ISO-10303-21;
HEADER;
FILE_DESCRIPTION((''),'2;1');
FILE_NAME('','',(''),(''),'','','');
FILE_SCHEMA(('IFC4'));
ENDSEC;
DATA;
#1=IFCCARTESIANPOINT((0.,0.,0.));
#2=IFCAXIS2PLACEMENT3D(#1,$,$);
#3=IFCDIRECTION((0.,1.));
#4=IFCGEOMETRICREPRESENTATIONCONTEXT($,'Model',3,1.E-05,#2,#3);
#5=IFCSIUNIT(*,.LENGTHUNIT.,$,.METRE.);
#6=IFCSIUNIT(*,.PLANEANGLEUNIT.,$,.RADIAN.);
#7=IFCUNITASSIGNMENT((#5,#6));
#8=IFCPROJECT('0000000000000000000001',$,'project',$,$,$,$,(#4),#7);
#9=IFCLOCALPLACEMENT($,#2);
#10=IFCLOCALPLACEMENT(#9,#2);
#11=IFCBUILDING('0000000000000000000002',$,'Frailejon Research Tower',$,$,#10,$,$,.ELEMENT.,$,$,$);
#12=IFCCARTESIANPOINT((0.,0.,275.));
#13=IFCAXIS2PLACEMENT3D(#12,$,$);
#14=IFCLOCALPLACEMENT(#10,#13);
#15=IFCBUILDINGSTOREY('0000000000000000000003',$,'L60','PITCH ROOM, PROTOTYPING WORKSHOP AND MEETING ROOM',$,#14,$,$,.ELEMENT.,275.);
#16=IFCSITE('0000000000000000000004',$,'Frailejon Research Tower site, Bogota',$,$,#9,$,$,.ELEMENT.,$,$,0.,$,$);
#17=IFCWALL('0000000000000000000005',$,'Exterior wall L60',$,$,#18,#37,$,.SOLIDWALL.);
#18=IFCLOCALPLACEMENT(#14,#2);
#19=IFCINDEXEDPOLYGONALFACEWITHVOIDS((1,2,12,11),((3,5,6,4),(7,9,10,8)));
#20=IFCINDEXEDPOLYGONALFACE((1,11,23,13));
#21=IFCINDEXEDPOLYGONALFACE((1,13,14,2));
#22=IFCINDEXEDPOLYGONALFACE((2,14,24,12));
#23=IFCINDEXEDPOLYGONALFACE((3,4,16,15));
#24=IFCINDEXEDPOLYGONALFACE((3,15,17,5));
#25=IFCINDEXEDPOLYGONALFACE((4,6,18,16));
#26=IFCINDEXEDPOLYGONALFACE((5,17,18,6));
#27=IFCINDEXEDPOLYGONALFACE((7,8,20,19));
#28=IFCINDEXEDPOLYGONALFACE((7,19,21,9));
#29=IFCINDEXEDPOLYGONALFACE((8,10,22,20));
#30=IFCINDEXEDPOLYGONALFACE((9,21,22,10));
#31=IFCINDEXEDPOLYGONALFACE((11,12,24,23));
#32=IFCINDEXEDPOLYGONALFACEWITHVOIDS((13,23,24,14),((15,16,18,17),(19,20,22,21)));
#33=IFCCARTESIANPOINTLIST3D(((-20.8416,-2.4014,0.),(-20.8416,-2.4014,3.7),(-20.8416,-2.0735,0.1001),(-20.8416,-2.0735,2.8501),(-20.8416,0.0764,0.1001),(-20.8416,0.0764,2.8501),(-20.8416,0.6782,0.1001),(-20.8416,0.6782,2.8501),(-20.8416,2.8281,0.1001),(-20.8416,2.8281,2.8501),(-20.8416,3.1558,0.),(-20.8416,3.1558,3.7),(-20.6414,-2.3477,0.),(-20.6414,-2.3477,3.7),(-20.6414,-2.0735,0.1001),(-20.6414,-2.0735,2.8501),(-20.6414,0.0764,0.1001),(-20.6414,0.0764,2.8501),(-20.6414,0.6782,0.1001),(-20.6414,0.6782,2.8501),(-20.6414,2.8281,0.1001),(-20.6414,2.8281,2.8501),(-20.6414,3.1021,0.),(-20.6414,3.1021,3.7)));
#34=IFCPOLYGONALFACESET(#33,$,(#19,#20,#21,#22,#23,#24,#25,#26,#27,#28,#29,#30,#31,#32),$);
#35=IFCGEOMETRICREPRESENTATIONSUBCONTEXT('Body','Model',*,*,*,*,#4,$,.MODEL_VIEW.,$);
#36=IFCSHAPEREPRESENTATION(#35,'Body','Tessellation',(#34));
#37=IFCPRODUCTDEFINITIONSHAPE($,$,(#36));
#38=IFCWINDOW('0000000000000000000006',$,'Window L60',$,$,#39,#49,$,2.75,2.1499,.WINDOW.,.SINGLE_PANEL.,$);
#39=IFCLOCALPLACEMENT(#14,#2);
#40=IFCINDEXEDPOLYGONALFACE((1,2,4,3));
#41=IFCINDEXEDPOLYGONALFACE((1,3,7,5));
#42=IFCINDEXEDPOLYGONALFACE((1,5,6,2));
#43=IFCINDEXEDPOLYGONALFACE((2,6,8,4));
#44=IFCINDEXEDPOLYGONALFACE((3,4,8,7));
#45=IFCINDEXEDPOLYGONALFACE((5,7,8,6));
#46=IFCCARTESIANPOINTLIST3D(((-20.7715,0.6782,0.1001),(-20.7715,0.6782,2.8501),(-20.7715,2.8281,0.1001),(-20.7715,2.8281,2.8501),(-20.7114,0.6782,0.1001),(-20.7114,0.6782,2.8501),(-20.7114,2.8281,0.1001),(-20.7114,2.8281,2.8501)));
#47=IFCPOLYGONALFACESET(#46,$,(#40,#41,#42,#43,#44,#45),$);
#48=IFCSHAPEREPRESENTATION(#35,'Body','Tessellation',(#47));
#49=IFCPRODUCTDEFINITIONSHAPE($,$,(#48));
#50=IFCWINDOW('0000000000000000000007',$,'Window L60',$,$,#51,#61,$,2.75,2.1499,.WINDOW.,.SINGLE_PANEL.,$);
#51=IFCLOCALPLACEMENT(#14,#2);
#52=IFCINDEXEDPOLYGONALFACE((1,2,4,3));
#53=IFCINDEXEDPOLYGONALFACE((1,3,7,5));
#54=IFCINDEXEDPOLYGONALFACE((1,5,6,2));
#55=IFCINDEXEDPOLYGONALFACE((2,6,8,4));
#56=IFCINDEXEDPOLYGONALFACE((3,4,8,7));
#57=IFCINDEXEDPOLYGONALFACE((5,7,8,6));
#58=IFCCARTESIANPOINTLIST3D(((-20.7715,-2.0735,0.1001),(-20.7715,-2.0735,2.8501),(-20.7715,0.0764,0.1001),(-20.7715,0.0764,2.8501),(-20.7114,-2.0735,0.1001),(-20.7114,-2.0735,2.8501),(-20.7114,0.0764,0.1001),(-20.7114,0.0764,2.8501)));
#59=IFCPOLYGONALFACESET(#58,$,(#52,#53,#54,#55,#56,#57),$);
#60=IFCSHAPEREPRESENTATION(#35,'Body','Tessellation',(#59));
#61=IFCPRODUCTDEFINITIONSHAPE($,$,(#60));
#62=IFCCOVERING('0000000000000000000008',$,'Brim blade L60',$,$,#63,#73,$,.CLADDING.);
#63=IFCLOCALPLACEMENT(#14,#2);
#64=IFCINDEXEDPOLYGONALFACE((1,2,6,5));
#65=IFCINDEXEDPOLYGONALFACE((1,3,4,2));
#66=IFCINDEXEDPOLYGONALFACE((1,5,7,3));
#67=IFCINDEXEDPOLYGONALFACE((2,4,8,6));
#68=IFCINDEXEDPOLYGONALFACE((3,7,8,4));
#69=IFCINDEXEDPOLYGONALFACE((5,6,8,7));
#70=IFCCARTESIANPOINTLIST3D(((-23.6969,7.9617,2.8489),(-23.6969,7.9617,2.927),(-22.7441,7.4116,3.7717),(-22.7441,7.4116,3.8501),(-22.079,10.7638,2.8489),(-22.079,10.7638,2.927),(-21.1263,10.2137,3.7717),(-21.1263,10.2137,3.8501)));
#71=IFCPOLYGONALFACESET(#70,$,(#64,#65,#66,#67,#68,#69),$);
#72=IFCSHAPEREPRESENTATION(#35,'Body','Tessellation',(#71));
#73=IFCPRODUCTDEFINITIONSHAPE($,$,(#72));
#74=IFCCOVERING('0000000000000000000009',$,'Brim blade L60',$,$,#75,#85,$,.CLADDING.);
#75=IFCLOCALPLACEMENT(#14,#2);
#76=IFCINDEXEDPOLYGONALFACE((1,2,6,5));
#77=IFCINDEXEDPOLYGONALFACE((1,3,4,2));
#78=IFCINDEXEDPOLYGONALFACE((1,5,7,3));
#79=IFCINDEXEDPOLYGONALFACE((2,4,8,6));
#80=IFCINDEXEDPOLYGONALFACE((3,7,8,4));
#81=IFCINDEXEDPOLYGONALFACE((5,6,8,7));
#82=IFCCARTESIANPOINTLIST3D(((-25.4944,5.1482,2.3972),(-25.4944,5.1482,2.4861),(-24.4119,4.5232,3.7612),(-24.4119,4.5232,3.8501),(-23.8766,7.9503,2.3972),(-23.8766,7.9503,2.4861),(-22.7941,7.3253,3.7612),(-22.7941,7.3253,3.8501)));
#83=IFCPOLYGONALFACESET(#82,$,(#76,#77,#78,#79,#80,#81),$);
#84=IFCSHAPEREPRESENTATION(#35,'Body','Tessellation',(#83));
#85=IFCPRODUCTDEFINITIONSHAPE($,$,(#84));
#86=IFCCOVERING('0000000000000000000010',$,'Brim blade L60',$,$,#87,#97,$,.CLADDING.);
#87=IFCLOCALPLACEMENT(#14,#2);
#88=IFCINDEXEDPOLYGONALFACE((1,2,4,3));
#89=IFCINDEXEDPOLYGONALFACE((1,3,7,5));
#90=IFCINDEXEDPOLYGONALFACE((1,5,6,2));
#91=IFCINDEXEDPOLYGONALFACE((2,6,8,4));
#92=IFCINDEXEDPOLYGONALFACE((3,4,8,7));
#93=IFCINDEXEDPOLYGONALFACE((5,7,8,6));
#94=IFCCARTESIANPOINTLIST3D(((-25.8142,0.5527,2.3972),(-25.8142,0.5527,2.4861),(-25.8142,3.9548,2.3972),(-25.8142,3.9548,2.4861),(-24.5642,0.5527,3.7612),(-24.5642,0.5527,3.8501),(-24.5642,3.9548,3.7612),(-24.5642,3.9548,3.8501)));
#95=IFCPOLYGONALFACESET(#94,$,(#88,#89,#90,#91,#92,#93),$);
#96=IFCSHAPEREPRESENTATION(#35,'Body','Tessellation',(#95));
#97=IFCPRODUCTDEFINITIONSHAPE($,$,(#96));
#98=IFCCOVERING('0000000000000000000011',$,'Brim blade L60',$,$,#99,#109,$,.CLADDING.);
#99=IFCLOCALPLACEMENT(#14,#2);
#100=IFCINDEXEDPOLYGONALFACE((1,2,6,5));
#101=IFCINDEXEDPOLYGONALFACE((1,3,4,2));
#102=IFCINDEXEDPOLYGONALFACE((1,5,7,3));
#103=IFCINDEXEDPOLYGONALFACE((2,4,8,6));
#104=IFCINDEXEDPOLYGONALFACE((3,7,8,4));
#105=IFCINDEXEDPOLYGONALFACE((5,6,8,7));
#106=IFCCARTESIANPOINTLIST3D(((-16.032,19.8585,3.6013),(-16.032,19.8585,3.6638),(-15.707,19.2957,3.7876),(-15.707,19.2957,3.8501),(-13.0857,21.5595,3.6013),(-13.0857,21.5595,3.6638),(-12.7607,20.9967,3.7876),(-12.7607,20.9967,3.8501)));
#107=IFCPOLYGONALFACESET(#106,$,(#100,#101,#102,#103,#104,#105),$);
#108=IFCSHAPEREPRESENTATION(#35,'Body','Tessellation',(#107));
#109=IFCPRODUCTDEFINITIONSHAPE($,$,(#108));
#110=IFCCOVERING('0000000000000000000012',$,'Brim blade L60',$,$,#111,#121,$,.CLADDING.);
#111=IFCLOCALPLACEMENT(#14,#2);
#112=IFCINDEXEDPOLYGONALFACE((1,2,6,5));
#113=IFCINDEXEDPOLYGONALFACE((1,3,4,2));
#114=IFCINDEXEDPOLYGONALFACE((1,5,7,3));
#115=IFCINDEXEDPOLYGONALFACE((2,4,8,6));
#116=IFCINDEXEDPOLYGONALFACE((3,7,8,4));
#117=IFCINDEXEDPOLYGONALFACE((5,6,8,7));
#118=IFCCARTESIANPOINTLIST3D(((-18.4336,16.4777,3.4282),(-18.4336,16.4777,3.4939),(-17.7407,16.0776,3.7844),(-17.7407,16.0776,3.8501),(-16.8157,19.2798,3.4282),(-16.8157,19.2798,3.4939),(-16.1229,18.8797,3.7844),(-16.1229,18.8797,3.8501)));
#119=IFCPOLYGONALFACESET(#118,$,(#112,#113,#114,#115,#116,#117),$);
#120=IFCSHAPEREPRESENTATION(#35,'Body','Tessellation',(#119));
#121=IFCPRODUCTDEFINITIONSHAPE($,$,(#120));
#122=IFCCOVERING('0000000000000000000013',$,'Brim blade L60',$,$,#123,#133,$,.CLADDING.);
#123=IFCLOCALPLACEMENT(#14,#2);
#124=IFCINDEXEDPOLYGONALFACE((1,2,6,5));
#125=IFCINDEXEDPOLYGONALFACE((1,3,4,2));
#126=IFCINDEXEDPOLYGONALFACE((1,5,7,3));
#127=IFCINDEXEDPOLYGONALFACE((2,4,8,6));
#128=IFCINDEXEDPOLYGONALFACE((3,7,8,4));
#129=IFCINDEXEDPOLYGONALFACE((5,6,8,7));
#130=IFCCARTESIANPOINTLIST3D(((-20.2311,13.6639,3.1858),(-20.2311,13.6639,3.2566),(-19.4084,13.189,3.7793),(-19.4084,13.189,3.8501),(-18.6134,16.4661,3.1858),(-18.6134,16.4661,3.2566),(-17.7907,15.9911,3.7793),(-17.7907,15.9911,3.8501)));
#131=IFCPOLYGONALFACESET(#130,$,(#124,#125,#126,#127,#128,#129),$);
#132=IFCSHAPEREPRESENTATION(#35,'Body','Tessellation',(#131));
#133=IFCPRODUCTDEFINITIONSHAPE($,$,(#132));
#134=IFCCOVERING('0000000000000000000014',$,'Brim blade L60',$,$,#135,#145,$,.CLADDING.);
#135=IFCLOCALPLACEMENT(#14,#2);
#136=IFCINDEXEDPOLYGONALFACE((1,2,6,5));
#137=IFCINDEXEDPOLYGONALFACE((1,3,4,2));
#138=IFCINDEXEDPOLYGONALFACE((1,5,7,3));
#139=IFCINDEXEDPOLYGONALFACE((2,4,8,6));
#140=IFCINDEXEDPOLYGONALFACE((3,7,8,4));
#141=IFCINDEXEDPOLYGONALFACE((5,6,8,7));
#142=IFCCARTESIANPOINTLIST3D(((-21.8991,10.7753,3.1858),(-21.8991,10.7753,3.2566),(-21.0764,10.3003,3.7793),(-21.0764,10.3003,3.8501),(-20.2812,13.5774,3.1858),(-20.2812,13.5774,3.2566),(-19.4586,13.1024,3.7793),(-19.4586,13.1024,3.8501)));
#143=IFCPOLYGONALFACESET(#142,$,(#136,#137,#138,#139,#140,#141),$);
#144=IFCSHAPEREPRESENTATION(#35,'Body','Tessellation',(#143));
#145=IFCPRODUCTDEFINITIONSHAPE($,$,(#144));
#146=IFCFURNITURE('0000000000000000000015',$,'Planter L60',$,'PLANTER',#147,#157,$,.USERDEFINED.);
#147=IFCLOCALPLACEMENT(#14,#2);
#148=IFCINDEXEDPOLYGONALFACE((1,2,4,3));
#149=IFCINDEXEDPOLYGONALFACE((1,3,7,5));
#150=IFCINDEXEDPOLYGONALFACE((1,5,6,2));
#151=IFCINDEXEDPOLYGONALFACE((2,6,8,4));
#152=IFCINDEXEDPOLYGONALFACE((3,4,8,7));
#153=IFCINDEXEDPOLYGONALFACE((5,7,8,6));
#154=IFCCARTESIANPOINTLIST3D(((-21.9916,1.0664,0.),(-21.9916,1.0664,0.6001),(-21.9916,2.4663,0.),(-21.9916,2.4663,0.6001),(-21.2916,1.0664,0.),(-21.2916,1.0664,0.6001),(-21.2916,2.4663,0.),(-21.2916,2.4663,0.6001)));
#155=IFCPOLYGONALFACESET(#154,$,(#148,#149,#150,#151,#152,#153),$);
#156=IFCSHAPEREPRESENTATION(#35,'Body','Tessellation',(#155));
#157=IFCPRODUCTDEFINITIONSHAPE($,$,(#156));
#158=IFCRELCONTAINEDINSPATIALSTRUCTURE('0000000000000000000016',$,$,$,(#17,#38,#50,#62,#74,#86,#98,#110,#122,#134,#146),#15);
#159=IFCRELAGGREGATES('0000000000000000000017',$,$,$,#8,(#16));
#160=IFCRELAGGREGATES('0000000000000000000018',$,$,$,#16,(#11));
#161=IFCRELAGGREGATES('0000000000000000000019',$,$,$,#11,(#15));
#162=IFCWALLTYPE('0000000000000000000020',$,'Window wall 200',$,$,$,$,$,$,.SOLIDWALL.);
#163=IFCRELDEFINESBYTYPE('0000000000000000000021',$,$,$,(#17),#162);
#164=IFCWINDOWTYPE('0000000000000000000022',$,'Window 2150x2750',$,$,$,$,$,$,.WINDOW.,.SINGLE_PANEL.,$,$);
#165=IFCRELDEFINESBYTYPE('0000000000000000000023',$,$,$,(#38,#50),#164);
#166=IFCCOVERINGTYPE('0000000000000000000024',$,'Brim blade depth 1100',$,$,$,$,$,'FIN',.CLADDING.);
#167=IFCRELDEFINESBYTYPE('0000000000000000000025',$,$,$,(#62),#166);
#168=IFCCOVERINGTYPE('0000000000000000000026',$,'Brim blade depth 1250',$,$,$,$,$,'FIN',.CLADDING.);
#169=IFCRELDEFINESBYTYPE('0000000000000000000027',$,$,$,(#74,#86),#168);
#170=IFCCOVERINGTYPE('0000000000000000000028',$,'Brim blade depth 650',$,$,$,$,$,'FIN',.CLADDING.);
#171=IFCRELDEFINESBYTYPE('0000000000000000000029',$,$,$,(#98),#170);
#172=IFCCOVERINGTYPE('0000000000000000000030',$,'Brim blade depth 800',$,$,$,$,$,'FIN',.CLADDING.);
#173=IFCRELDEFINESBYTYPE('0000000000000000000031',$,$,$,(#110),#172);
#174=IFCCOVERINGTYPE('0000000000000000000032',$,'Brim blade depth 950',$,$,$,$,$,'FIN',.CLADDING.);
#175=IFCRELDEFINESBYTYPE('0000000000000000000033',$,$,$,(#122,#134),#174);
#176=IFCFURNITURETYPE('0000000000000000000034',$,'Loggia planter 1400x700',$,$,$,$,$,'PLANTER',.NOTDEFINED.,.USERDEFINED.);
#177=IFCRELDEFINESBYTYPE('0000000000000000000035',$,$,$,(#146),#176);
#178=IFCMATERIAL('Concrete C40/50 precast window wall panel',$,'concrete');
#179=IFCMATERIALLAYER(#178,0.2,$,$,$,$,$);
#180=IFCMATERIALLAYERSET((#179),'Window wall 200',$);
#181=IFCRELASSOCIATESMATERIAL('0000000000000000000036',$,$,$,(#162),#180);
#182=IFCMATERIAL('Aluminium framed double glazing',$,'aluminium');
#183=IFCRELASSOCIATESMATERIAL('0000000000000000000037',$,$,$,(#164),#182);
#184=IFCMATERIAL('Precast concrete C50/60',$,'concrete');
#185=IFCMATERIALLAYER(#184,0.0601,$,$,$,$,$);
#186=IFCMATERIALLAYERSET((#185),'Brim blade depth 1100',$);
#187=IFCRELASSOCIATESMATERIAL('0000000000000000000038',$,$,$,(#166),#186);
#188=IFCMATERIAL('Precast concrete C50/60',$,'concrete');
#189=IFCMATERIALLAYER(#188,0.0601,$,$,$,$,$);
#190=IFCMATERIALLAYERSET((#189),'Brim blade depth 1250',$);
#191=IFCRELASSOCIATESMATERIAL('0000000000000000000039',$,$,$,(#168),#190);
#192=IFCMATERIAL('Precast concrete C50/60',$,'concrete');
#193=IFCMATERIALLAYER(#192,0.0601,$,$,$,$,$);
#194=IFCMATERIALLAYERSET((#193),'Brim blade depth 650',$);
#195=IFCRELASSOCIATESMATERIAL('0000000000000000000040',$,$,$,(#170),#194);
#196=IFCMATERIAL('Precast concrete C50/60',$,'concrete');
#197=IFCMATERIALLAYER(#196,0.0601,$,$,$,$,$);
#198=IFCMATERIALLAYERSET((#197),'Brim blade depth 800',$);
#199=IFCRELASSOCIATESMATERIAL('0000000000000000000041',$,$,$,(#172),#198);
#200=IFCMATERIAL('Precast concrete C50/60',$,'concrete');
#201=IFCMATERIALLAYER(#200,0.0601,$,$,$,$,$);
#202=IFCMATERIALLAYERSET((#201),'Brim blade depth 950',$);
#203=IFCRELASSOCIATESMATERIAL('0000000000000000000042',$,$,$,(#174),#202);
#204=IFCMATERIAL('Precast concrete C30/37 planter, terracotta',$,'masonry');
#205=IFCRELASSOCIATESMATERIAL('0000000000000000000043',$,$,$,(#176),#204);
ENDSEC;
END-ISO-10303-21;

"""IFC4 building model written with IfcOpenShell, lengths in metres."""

from ifc_helpers import new_model, si_unit, direction, frame, frame_2d, origin, origin_2d, place, context, subcontext, project, spatial, polyline, rectangle, outline, extrude, material, layer, layer_set, type_object, element, fill, save


model = new_model("IFC4")

# Units and contexts
model_context = context("Model", 3, precision=1e-05, world=origin(), true_north=direction((0.0, 1.0)))
body_context = subcontext(model_context, "Body", "Model", "MODEL_VIEW")
ifc_project = project(units=[si_unit("LENGTHUNIT", "METRE"), si_unit("PLANEANGLEUNIT", "RADIAN")], contexts=[model_context])

# Site, building, storey
site_placement = place(None, origin())
site = spatial("IfcSite", under=ifc_project, at=site_placement, Name="Frailejon Research Tower site, Bogota", CompositionType="ELEMENT", RefElevation=0.0)
building_placement = place(site_placement, origin())
building = spatial("IfcBuilding", under=site, at=building_placement, Name="Frailejon Research Tower", CompositionType="ELEMENT")
storey_placement = place(building_placement, frame((0.0, 0.0, 275.0)))
storey = spatial("IfcBuildingStorey", under=building, at=storey_placement, Name="L60", Description="PITCH ROOM, PROTOTYPING WORKSHOP AND MEETING ROOM", CompositionType="ELEMENT", Elevation=275.0)

# Wall, openings, windows
ifc_material_1 = material(Name="Concrete C40/50 precast window wall panel", Category="concrete")
ifc_layer_1 = layer(ifc_material_1, 0.2)
ifc_layer_set_1 = layer_set([ifc_layer_1], Name="Window wall 200")
wall_type_1 = type_object("IfcWallType", Name="Window wall 200", PredefinedType="SOLIDWALL", material=ifc_layer_set_1)
wall_1_placement = place(storey_placement, frame((-20.7415, 3.1289, 0.0), z_axis=(0.0, 0.0, 1.0), x_axis=(0.0, -1.0, 0.0)))
wall_1 = element("IfcWall", 1, at=wall_1_placement, inside=storey, type_object=wall_type_1, Name="Exterior wall L60", PredefinedType="SOLIDWALL", context=body_context, shape_type="SweptSolid", body=[
    extrude(outline(polyline([(-0.0269, -0.1001), (1.0845, -0.1001), (2.196, -0.1001), (3.3074, -0.1001), (4.4189, -0.1001), (5.5303, -0.1001), (5.4766, 0.1001), (4.3867, 0.1001), (3.2966, 0.1001), (2.2068, 0.1001), (1.1167, 0.1001), (0.0269, 0.1001), (-0.0269, -0.1001)])), origin(), (0.0, 0.0, 1.0), 3.7),
])
opening_1_placement = place(wall_1_placement, frame((0.3008, 0.0, 0.1001)))
opening_1 = element("IfcOpeningElement", 2, at=opening_1_placement, cuts=wall_1, PredefinedType="OPENING", context=body_context, shape_type="SweptSolid", body=[
    extrude(rectangle(XDim=2.1499, YDim=2.75, at=frame_2d((1.075, 1.375))), frame((0.0, 0.1099, 0.0), z_axis=(0.0, -1.0, 0.0), x_axis=(1.0, 0.0, 0.0)), (0.0, 0.0, 1.0), 0.22),
])
opening_2_placement = place(wall_1_placement, frame((3.0525, 0.0, 0.1001)))
opening_2 = element("IfcOpeningElement", 3, at=opening_2_placement, cuts=wall_1, PredefinedType="OPENING", context=body_context, shape_type="SweptSolid", body=[
    extrude(rectangle(XDim=2.1499, YDim=2.75, at=frame_2d((1.075, 1.375))), frame((0.0, 0.1099, 0.0), z_axis=(0.0, -1.0, 0.0), x_axis=(1.0, 0.0, 0.0)), (0.0, 0.0, 1.0), 0.22),
])
ifc_material_2 = material(Name="Aluminium framed double glazing", Category="aluminium")
window_type = type_object("IfcWindowType", Name="Window 2150x2750", PartitioningType="SINGLE_PANEL", PredefinedType="WINDOW", material=ifc_material_2)
window_1_placement = place(opening_1_placement, origin())
window_1 = element("IfcWindow", 4, at=window_1_placement, inside=storey, type_object=window_type, Name="Window L60", OverallHeight=2.75, OverallWidth=2.1499, PartitioningType="SINGLE_PANEL", PredefinedType="WINDOW", context=body_context, shape_type="SweptSolid", body=[
    extrude(rectangle(XDim=2.1499, YDim=2.75, at=frame_2d((1.075, 1.375))), frame((0.0, 0.03, 0.0), z_axis=(0.0, -1.0, 0.0), x_axis=(1.0, 0.0, 0.0)), (0.0, 0.0, 1.0), 0.0601),
])
fill(opening_1, window_1)
window_2_placement = place(opening_2_placement, origin())
window_2 = element("IfcWindow", 5, at=window_2_placement, inside=storey, type_object=window_type, Name="Window L60", OverallHeight=2.75, OverallWidth=2.1499, PartitioningType="SINGLE_PANEL", PredefinedType="WINDOW", context=body_context, shape_type="SweptSolid", body=[
    extrude(rectangle(XDim=2.1499, YDim=2.75, at=frame_2d((1.075, 1.375))), frame((0.0, 0.03, 0.0), z_axis=(0.0, -1.0, 0.0), x_axis=(1.0, 0.0, 0.0)), (0.0, 0.0, 1.0), 0.0601),
])
fill(opening_2, window_2)

# Coverings
ifc_material_3 = material(Name="Precast concrete C50/60", Category="concrete")
ifc_layer_2 = layer(ifc_material_3, 0.0601)
ifc_layer_set_2 = layer_set([ifc_layer_2], Name="Brim blade depth 1100")
covering_type_1 = type_object("IfcCoveringType", Name="Brim blade depth 1100", ElementType="FIN", PredefinedType="CLADDING", material=ifc_layer_set_2)
covering_1_placement = place(storey_placement, frame((-22.7441, 7.4116, 3.8501), z_axis=(0.500002, 0.866024, 0.0), x_axis=(-0.866024, 0.500002, 0.0)))
element("IfcCovering", 6, at=covering_1_placement, inside=storey, type_object=covering_type_1, Name="Brim blade L60", PredefinedType="CLADDING", context=body_context, shape_type="SweptSolid", body=[
    extrude(outline(polyline([(0.0, -0.0784), (1.1001, -1.0012), (1.1001, -0.9231), (0.0, 0.0), (0.0, -0.0784)])), origin(), (0.0, 0.0, 1.0), 3.2356),
])
ifc_material_4 = material(Name="Precast concrete C50/60", Category="concrete")
ifc_layer_3 = layer(ifc_material_4, 0.0601)
ifc_layer_set_3 = layer_set([ifc_layer_3], Name="Brim blade depth 1250")
covering_type_2 = type_object("IfcCoveringType", Name="Brim blade depth 1250", ElementType="FIN", PredefinedType="CLADDING", material=ifc_layer_set_3)
covering_2_placement = place(storey_placement, frame((-24.4119, 4.5232, 3.8501), z_axis=(0.499992, 0.86603, 0.0), x_axis=(-0.86603, 0.499992, 0.0)))
element("IfcCovering", 7, at=covering_2_placement, inside=storey, type_object=covering_type_2, Name="Brim blade L60", PredefinedType="CLADDING", context=body_context, shape_type="SweptSolid", body=[
    extrude(outline(polyline([(0.0, -0.0889), (1.25, -1.4529), (1.25, -1.364), (0.0, 0.0), (0.0, -0.0889)])), origin(), (0.0, 0.0, 1.0), 3.2356),
])
covering_3_placement = place(storey_placement, frame((-24.5642, 0.5527, 3.8501), z_axis=(0.0, 1.0, 0.0), x_axis=(-1.0, 0.0, 0.0)))
element("IfcCovering", 8, at=covering_3_placement, inside=storey, type_object=covering_type_2, Name="Brim blade L60", PredefinedType="CLADDING", context=body_context, shape_type="SweptSolid", body=[
    extrude(outline(polyline([(0.0, -0.0889), (1.25, -1.4529), (1.25, -1.364), (0.0, 0.0), (0.0, -0.0889)])), origin(), (0.0, 0.0, 1.0), 3.4021),
])
ifc_material_5 = material(Name="Precast concrete C50/60", Category="concrete")
ifc_layer_4 = layer(ifc_material_5, 0.0601)
ifc_layer_set_4 = layer_set([ifc_layer_4], Name="Brim blade depth 650")
covering_type_3 = type_object("IfcCoveringType", Name="Brim blade depth 650", ElementType="FIN", PredefinedType="CLADDING", material=ifc_layer_set_4)
covering_4_placement = place(storey_placement, frame((-15.707, 19.2957, 3.8501), z_axis=(0.866024, 0.500003, 0.0), x_axis=(-0.500003, 0.866024, 0.0)))
element("IfcCovering", 9, at=covering_4_placement, inside=storey, type_object=covering_type_3, Name="Brim blade L60", PredefinedType="CLADDING", context=body_context, shape_type="SweptSolid", body=[
    extrude(outline(polyline([(0.0, -0.0625), (0.6499, -0.2488), (0.6499, -0.1863), (0.0, 0.0), (0.0, -0.0625)])), origin(), (0.0, 0.0, 1.0), 3.4021),
])
ifc_material_6 = material(Name="Precast concrete C50/60", Category="concrete")
ifc_layer_5 = layer(ifc_material_6, 0.0601)
ifc_layer_set_5 = layer_set([ifc_layer_5], Name="Brim blade depth 800")
covering_type_4 = type_object("IfcCoveringType", Name="Brim blade depth 800", ElementType="FIN", PredefinedType="CLADDING", material=ifc_layer_set_5)
covering_5_placement = place(storey_placement, frame((-17.7407, 16.0776, 3.8501), z_axis=(0.500015, 0.866017, 0.0), x_axis=(-0.866017, 0.500015, 0.0)))
element("IfcCovering", 10, at=covering_5_placement, inside=storey, type_object=covering_type_4, Name="Brim blade L60", PredefinedType="CLADDING", context=body_context, shape_type="SweptSolid", body=[
    extrude(outline(polyline([(0.0, -0.0657), (0.8, -0.4219), (0.8, -0.3562), (0.0, 0.0), (0.0, -0.0657)])), origin(), (0.0, 0.0, 1.0), 3.2356),
])
ifc_material_7 = material(Name="Precast concrete C50/60", Category="concrete")
ifc_layer_6 = layer(ifc_material_7, 0.0601)
ifc_layer_set_6 = layer_set([ifc_layer_6], Name="Brim blade depth 950")
covering_type_5 = type_object("IfcCoveringType", Name="Brim blade depth 950", ElementType="FIN", PredefinedType="CLADDING", material=ifc_layer_set_6)
for number, where, z_axis, x_axis, name in (
    (11, (-19.4084, 13.189, 3.8501), (0.499979, 0.866037, 0.0), (-0.866037, 0.499979, 0.0), "Brim blade L60"),
    (12, (-21.0764, 10.3003, 3.8501), (0.500015, 0.866017, 0.0), (-0.866017, 0.500015, 0.0), "Brim blade L60"),
):
    element("IfcCovering", number, at=place(storey_placement, frame(where, z_axis=z_axis, x_axis=x_axis)), inside=storey, type_object=covering_type_5, Name=name, PredefinedType="CLADDING", context=body_context, shape_type="SweptSolid", body=[
        extrude(outline(polyline([(0.0, -0.0708), (0.95, -0.6643), (0.95, -0.5935), (0.0, 0.0), (0.0, -0.0708)])), origin(), (0.0, 0.0, 1.0), 3.2356),
    ])

# Furniture
ifc_material_8 = material(Name="Precast concrete C30/37 planter, terracotta", Category="masonry")
furniture_type = type_object("IfcFurnitureType", Name="Loggia planter 1400x700", ElementType="PLANTER", AssemblyPlace="NOTDEFINED", PredefinedType="USERDEFINED", material=ifc_material_8)
furniture_placement = place(storey_placement, frame((-21.6416, 1.7664, 0.0), z_axis=(0.0, 0.0, 1.0), x_axis=(0.0, -1.0, 0.0)))
element("IfcFurniture", 13, at=furniture_placement, inside=storey, type_object=furniture_type, Name="Planter L60", ObjectType="PLANTER", PredefinedType="USERDEFINED", context=body_context, shape_type="SweptSolid", body=[
    extrude(rectangle(XDim=1.3999, YDim=0.7, at=origin_2d()), origin(), (0.0, 0.0, 1.0), 0.6001),
])

save(model, "model.ifc")
